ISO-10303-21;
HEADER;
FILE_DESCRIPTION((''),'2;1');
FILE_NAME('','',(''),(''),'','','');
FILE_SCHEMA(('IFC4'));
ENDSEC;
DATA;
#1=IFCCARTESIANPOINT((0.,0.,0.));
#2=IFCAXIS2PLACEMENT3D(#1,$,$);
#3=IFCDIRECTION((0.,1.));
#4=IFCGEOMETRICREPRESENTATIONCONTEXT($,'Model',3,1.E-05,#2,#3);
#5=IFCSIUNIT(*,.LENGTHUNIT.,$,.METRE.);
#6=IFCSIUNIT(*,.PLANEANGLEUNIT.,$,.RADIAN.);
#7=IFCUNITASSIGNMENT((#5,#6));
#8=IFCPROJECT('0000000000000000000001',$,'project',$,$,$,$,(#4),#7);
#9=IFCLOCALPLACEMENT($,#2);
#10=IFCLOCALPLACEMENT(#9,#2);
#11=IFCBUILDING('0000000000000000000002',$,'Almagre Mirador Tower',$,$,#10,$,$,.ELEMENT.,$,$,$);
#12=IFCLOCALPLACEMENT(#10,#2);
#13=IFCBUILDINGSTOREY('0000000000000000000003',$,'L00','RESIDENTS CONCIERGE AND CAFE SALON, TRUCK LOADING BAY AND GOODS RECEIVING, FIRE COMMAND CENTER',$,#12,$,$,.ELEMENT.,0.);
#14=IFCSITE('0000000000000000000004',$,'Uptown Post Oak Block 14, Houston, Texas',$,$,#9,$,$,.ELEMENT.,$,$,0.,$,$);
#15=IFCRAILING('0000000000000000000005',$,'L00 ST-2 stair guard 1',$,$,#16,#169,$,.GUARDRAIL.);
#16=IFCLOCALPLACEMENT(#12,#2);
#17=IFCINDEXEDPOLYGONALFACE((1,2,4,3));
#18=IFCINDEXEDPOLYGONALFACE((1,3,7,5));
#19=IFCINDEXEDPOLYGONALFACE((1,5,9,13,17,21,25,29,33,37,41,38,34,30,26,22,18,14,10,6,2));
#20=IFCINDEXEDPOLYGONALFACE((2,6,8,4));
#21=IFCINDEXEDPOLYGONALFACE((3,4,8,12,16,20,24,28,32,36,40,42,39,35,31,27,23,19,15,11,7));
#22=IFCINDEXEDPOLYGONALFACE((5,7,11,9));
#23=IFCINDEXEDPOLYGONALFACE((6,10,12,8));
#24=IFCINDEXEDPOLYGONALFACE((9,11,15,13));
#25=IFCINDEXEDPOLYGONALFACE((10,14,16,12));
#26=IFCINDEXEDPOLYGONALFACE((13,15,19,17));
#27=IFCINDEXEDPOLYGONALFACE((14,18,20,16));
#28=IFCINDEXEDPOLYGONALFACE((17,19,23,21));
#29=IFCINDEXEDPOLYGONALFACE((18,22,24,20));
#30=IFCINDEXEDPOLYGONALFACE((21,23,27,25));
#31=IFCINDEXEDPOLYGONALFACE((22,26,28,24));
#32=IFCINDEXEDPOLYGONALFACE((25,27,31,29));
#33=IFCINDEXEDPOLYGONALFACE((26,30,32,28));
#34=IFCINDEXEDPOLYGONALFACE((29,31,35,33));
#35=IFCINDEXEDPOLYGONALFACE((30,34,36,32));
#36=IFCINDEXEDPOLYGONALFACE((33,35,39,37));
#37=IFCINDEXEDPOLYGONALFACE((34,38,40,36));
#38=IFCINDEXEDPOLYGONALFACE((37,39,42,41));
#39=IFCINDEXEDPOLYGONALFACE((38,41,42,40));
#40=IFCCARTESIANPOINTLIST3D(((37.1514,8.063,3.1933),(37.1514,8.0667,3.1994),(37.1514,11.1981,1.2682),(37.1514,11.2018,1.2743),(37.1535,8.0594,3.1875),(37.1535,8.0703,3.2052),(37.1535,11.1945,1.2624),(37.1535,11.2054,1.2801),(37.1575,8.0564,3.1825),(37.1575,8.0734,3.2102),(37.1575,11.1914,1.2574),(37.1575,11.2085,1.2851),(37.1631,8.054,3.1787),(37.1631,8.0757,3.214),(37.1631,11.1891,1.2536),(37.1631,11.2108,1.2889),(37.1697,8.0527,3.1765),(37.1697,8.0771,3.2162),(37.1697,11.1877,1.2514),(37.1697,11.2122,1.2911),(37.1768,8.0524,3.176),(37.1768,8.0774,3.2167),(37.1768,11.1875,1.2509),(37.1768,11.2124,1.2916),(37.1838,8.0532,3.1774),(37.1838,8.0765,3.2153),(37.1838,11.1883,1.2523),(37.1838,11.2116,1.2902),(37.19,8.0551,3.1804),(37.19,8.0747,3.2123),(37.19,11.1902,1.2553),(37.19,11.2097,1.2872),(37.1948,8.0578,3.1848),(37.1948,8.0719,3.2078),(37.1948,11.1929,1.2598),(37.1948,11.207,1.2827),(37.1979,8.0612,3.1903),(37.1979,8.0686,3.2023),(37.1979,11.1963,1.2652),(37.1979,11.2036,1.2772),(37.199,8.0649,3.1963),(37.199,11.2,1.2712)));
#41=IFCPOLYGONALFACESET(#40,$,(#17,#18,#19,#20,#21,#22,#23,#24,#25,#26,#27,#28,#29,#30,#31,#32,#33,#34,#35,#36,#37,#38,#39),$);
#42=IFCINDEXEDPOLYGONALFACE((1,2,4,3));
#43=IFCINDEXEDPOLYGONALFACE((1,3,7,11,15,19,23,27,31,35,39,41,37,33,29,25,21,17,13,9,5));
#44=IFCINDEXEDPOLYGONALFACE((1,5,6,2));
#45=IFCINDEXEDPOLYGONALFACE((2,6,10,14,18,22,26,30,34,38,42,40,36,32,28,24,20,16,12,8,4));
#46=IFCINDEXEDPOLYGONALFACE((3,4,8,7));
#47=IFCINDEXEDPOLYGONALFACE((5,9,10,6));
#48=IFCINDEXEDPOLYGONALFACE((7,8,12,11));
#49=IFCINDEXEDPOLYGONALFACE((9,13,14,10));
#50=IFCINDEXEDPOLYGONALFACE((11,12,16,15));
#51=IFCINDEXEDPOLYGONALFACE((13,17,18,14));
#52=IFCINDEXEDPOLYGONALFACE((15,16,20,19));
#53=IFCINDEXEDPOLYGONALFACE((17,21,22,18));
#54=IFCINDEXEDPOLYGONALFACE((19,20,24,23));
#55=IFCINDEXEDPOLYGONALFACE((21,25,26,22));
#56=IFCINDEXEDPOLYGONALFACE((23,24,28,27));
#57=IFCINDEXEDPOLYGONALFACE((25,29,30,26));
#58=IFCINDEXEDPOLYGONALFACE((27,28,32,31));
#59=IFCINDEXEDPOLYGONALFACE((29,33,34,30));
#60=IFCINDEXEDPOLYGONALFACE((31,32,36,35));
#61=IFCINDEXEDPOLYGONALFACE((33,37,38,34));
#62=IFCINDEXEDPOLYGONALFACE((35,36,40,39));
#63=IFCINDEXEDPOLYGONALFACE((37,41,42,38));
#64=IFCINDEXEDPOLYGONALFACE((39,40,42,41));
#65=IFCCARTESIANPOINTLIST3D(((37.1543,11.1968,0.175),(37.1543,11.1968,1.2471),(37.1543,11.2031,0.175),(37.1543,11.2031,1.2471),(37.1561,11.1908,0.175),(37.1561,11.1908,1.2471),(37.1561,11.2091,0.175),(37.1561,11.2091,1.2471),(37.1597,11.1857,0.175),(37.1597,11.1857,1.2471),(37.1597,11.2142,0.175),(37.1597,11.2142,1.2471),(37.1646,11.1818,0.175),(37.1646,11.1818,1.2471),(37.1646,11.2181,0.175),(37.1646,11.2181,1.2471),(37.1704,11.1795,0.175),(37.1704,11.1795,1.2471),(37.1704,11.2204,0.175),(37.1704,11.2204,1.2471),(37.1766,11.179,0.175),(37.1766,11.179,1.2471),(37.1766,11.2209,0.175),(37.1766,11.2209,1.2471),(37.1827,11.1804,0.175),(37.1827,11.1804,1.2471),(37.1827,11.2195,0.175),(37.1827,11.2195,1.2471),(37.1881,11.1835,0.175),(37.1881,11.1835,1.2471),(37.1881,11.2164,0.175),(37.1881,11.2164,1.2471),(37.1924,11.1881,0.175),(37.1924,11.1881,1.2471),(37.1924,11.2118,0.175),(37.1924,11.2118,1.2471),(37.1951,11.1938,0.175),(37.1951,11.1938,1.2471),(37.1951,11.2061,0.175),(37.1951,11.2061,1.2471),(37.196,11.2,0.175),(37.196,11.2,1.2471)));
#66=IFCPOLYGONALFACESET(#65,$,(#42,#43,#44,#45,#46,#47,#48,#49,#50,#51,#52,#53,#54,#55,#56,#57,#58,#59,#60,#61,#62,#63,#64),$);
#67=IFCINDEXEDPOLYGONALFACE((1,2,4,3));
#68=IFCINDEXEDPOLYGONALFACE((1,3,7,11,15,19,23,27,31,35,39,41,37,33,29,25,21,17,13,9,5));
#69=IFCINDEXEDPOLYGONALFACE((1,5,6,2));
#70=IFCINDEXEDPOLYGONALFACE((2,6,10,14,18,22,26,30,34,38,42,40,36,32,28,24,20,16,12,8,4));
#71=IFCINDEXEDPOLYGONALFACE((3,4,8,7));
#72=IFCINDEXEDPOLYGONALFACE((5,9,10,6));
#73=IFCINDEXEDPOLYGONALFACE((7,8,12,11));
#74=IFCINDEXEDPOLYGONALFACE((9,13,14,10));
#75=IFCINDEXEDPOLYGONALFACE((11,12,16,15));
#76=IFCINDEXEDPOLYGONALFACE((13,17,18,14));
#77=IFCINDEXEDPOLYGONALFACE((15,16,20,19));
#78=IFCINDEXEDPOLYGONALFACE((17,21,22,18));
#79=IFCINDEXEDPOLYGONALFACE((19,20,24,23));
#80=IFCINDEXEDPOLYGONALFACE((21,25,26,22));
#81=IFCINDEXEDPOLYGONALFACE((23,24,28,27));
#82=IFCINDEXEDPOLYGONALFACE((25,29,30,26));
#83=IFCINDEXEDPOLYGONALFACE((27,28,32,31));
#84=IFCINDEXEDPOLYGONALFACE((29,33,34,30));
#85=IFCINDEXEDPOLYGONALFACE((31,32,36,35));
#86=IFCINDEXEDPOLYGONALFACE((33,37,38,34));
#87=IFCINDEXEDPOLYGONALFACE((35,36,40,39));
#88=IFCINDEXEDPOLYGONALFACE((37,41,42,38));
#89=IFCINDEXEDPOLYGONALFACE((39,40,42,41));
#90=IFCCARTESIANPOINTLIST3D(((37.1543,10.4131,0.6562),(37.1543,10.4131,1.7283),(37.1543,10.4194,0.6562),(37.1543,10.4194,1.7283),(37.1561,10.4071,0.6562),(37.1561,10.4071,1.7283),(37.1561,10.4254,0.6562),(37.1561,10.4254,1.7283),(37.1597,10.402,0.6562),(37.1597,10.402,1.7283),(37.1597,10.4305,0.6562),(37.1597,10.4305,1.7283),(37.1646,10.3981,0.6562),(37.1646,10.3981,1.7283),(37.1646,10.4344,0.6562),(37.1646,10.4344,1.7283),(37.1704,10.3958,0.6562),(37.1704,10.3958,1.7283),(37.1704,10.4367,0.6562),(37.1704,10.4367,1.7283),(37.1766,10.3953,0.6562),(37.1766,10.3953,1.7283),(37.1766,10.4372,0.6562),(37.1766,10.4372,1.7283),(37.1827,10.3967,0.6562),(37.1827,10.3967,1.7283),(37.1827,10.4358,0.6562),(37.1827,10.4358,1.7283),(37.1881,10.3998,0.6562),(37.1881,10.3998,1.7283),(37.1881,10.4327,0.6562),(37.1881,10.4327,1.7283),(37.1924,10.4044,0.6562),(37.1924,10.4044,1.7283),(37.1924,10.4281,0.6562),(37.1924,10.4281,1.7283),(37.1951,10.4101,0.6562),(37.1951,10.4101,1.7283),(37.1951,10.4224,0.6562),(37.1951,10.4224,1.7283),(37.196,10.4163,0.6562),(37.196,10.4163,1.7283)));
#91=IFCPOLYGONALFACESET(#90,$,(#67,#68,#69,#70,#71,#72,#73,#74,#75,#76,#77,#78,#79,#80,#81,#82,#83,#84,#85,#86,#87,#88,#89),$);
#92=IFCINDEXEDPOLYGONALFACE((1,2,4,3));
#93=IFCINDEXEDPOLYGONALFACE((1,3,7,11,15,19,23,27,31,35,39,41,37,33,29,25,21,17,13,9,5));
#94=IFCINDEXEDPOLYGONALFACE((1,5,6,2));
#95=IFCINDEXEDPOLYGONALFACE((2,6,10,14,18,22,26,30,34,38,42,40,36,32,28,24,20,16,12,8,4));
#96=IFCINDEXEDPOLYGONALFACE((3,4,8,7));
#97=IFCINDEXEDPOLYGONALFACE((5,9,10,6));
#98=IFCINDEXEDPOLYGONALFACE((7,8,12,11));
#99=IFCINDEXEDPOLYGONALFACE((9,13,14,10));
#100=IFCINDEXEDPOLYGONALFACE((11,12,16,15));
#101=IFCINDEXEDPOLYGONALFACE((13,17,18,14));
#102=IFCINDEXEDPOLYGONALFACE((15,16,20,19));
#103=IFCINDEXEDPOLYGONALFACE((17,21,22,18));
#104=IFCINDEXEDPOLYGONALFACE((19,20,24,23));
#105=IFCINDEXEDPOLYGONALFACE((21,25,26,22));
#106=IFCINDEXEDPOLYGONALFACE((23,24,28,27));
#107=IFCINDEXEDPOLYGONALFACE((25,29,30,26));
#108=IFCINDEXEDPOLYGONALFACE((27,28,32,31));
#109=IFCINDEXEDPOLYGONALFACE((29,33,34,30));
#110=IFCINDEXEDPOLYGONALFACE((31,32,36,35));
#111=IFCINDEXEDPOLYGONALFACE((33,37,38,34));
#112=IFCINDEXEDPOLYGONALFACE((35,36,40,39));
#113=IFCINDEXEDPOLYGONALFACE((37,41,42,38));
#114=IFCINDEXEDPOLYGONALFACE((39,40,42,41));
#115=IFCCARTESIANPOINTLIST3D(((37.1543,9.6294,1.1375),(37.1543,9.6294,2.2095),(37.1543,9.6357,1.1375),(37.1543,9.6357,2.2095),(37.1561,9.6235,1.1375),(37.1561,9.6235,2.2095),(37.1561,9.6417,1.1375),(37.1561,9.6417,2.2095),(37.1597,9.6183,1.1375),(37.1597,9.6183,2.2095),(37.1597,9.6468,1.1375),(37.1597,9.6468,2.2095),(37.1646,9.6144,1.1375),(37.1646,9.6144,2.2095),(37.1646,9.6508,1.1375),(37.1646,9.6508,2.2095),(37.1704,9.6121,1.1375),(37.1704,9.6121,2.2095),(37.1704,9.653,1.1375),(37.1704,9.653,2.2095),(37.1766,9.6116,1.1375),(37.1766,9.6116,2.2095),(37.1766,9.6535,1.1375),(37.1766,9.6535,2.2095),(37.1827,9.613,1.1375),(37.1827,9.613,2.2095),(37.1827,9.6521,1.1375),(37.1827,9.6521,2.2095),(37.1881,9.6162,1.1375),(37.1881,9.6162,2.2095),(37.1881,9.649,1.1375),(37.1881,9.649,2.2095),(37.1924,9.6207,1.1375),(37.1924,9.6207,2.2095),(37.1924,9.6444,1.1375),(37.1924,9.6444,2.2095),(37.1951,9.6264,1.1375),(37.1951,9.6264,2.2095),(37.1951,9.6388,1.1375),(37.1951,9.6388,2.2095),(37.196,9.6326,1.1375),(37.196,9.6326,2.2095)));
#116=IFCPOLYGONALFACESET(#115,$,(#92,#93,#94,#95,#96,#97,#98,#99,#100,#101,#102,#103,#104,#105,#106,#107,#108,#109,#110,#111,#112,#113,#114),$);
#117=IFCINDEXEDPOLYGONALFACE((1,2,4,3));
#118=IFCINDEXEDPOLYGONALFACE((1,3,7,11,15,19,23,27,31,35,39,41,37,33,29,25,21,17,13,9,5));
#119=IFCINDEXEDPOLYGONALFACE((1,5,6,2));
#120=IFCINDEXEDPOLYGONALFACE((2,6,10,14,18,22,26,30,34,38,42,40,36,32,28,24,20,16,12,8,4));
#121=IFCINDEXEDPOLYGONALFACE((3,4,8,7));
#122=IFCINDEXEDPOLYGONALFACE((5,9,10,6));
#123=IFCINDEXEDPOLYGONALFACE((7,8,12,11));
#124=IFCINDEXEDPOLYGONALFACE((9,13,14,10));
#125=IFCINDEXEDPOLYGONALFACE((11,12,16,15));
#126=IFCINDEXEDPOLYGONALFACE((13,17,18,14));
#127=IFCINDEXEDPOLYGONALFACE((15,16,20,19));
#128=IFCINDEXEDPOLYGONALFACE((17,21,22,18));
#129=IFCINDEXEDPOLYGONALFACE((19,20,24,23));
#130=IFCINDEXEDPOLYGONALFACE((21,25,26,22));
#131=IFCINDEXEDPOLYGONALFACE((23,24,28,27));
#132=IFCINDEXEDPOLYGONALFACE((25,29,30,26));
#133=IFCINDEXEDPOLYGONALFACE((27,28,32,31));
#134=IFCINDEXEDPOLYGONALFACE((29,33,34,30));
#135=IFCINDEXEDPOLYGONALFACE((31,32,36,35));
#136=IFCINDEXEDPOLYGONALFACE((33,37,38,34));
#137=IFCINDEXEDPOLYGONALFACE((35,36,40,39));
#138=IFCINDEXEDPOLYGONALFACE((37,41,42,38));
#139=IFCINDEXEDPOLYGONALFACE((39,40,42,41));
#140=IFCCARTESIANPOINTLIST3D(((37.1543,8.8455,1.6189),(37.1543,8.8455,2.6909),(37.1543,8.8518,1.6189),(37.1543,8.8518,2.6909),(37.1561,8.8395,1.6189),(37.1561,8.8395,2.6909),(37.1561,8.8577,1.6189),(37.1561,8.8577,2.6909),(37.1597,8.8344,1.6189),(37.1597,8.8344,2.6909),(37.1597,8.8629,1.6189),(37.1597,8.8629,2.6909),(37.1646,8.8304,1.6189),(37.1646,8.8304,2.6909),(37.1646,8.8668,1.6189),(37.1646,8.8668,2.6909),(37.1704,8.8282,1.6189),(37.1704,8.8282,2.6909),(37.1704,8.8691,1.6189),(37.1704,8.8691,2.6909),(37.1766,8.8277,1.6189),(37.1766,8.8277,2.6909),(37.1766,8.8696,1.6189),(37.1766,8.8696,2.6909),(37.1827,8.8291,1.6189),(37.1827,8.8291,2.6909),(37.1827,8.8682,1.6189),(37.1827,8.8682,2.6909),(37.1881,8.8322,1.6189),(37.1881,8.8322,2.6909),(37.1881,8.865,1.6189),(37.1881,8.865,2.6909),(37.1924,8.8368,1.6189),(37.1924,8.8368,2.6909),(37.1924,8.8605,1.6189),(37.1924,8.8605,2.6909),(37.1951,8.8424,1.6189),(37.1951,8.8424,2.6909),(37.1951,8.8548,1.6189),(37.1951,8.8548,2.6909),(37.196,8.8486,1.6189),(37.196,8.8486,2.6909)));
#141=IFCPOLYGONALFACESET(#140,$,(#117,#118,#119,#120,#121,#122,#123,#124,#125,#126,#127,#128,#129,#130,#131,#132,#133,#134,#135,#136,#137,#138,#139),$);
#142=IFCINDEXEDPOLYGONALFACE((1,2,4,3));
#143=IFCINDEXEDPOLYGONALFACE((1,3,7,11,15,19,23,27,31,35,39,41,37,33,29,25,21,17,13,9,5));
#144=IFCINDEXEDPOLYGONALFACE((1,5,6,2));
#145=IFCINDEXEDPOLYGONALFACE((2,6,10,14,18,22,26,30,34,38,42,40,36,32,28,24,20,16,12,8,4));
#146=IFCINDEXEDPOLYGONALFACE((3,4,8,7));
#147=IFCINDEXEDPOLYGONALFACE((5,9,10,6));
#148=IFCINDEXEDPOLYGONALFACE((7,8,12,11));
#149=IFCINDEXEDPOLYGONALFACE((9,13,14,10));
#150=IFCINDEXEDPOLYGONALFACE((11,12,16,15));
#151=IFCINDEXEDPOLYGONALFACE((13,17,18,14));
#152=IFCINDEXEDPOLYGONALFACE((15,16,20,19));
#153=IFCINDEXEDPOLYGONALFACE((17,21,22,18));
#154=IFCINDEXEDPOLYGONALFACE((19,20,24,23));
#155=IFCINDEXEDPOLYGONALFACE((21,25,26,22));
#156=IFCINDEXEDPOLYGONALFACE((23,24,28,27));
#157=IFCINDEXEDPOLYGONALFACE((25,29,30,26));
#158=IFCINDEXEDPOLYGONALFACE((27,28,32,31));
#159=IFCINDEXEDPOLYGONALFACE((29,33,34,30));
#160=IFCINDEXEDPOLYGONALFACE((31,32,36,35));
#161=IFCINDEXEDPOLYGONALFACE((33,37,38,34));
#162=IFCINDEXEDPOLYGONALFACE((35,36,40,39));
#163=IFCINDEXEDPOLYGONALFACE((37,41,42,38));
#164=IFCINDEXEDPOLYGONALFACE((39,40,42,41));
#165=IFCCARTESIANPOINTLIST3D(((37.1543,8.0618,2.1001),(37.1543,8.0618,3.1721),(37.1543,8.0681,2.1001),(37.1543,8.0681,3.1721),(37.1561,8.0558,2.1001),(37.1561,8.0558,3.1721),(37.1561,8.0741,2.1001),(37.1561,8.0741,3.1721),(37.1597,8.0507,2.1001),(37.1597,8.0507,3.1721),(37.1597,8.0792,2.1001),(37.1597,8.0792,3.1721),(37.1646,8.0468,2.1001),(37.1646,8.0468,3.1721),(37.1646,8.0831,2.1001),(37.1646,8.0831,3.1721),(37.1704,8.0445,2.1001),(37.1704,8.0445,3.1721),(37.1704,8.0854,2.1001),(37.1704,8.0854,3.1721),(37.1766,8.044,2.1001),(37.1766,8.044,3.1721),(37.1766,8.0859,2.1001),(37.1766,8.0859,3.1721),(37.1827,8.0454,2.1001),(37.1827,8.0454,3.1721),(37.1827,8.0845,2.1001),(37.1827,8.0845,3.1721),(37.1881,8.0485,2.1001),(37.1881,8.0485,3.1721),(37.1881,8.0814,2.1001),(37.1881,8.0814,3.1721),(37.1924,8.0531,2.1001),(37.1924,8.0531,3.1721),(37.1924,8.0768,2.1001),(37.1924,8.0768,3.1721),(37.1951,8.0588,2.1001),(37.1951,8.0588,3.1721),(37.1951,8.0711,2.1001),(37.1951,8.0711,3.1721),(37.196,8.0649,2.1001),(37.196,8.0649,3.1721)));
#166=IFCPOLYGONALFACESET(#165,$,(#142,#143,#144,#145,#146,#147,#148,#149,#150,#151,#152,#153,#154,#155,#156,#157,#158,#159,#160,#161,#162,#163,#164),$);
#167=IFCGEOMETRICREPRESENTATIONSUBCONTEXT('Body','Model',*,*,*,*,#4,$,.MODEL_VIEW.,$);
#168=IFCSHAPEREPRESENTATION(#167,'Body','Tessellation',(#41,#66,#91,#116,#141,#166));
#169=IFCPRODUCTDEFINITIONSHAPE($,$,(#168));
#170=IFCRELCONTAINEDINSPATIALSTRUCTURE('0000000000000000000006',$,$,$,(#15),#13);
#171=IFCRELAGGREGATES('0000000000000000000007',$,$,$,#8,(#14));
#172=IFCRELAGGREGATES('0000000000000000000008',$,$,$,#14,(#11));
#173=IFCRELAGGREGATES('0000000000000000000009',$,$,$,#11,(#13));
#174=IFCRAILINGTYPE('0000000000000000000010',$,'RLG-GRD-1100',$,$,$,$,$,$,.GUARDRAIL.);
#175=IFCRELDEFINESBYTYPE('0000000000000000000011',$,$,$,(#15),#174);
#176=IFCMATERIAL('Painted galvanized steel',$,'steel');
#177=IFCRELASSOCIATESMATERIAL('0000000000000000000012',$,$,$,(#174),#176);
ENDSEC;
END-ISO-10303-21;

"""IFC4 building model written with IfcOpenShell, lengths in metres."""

from ifc_helpers import new_model, si_unit, direction, frame, origin, origin_2d, place, context, subcontext, project, spatial, circle, extrude, material, type_object, element, save


model = new_model("IFC4")

# Units and contexts
model_context = context("Model", 3, precision=1e-05, world=origin(), true_north=direction((0.0, 1.0)))
body_context = subcontext(model_context, "Body", "Model", "MODEL_VIEW")
ifc_project = project(units=[si_unit("LENGTHUNIT", "METRE"), si_unit("PLANEANGLEUNIT", "RADIAN")], contexts=[model_context])

# Site, building, storey
site_placement = place(None, origin())
site = spatial("IfcSite", under=ifc_project, at=site_placement, Name="Uptown Post Oak Block 14, Houston, Texas", CompositionType="ELEMENT", RefElevation=0.0)
building_placement = place(site_placement, origin())
building = spatial("IfcBuilding", under=site, at=building_placement, Name="Almagre Mirador Tower", CompositionType="ELEMENT")
storey_placement = place(building_placement, origin())
storey = spatial("IfcBuildingStorey", under=building, at=storey_placement, Name="L00", Description="RESIDENTS CONCIERGE AND CAFE SALON, TRUCK LOADING BAY AND GOODS RECEIVING, FIRE COMMAND CENTER", CompositionType="ELEMENT", Elevation=0.0)

# Railing
ifc_material_1 = material(Name="Painted galvanized steel", Category="steel")
railing_type_1 = type_object("IfcRailingType", Name="RLG-GRD-1100", PredefinedType="GUARDRAIL", material=ifc_material_1)
railing_1_placement = place(storey_placement, frame((37.175, 11.2, 0.175)))
element("IfcRailing", 1, at=railing_1_placement, inside=storey, type_object=railing_type_1, Name="L00 ST-2 stair guard 1", PredefinedType="GUARDRAIL", context=body_context, shape_type="SweptSolid", body=[
    extrude(circle(Radius=0.0239, at=origin_2d()), frame((0.0, 0.0, 1.0962), z_axis=(0.0, -0.852166, 0.523271), x_axis=(1.0, 0.0, 0.0)), (0.0, 0.0, 1.0), 3.679),
    extrude(circle(Radius=0.021, at=origin_2d()), origin(), (0.0, 0.0, 1.0), 1.072),
    extrude(circle(Radius=0.021, at=origin_2d()), frame((0.0, -0.7837, 0.4812)), (0.0, 0.0, 1.0), 1.072),
    extrude(circle(Radius=0.021, at=origin_2d()), frame((0.0, -1.5674, 0.9624)), (0.0, 0.0, 1.0), 1.072),
    extrude(circle(Radius=0.021, at=origin_2d()), frame((0.0, -2.3513, 1.4438)), (0.0, 0.0, 1.0), 1.072),
    extrude(circle(Radius=0.021, at=origin_2d()), frame((0.0, -3.135, 1.925)), (0.0, 0.0, 1.0), 1.072),
])

save(model, "model.ifc")
